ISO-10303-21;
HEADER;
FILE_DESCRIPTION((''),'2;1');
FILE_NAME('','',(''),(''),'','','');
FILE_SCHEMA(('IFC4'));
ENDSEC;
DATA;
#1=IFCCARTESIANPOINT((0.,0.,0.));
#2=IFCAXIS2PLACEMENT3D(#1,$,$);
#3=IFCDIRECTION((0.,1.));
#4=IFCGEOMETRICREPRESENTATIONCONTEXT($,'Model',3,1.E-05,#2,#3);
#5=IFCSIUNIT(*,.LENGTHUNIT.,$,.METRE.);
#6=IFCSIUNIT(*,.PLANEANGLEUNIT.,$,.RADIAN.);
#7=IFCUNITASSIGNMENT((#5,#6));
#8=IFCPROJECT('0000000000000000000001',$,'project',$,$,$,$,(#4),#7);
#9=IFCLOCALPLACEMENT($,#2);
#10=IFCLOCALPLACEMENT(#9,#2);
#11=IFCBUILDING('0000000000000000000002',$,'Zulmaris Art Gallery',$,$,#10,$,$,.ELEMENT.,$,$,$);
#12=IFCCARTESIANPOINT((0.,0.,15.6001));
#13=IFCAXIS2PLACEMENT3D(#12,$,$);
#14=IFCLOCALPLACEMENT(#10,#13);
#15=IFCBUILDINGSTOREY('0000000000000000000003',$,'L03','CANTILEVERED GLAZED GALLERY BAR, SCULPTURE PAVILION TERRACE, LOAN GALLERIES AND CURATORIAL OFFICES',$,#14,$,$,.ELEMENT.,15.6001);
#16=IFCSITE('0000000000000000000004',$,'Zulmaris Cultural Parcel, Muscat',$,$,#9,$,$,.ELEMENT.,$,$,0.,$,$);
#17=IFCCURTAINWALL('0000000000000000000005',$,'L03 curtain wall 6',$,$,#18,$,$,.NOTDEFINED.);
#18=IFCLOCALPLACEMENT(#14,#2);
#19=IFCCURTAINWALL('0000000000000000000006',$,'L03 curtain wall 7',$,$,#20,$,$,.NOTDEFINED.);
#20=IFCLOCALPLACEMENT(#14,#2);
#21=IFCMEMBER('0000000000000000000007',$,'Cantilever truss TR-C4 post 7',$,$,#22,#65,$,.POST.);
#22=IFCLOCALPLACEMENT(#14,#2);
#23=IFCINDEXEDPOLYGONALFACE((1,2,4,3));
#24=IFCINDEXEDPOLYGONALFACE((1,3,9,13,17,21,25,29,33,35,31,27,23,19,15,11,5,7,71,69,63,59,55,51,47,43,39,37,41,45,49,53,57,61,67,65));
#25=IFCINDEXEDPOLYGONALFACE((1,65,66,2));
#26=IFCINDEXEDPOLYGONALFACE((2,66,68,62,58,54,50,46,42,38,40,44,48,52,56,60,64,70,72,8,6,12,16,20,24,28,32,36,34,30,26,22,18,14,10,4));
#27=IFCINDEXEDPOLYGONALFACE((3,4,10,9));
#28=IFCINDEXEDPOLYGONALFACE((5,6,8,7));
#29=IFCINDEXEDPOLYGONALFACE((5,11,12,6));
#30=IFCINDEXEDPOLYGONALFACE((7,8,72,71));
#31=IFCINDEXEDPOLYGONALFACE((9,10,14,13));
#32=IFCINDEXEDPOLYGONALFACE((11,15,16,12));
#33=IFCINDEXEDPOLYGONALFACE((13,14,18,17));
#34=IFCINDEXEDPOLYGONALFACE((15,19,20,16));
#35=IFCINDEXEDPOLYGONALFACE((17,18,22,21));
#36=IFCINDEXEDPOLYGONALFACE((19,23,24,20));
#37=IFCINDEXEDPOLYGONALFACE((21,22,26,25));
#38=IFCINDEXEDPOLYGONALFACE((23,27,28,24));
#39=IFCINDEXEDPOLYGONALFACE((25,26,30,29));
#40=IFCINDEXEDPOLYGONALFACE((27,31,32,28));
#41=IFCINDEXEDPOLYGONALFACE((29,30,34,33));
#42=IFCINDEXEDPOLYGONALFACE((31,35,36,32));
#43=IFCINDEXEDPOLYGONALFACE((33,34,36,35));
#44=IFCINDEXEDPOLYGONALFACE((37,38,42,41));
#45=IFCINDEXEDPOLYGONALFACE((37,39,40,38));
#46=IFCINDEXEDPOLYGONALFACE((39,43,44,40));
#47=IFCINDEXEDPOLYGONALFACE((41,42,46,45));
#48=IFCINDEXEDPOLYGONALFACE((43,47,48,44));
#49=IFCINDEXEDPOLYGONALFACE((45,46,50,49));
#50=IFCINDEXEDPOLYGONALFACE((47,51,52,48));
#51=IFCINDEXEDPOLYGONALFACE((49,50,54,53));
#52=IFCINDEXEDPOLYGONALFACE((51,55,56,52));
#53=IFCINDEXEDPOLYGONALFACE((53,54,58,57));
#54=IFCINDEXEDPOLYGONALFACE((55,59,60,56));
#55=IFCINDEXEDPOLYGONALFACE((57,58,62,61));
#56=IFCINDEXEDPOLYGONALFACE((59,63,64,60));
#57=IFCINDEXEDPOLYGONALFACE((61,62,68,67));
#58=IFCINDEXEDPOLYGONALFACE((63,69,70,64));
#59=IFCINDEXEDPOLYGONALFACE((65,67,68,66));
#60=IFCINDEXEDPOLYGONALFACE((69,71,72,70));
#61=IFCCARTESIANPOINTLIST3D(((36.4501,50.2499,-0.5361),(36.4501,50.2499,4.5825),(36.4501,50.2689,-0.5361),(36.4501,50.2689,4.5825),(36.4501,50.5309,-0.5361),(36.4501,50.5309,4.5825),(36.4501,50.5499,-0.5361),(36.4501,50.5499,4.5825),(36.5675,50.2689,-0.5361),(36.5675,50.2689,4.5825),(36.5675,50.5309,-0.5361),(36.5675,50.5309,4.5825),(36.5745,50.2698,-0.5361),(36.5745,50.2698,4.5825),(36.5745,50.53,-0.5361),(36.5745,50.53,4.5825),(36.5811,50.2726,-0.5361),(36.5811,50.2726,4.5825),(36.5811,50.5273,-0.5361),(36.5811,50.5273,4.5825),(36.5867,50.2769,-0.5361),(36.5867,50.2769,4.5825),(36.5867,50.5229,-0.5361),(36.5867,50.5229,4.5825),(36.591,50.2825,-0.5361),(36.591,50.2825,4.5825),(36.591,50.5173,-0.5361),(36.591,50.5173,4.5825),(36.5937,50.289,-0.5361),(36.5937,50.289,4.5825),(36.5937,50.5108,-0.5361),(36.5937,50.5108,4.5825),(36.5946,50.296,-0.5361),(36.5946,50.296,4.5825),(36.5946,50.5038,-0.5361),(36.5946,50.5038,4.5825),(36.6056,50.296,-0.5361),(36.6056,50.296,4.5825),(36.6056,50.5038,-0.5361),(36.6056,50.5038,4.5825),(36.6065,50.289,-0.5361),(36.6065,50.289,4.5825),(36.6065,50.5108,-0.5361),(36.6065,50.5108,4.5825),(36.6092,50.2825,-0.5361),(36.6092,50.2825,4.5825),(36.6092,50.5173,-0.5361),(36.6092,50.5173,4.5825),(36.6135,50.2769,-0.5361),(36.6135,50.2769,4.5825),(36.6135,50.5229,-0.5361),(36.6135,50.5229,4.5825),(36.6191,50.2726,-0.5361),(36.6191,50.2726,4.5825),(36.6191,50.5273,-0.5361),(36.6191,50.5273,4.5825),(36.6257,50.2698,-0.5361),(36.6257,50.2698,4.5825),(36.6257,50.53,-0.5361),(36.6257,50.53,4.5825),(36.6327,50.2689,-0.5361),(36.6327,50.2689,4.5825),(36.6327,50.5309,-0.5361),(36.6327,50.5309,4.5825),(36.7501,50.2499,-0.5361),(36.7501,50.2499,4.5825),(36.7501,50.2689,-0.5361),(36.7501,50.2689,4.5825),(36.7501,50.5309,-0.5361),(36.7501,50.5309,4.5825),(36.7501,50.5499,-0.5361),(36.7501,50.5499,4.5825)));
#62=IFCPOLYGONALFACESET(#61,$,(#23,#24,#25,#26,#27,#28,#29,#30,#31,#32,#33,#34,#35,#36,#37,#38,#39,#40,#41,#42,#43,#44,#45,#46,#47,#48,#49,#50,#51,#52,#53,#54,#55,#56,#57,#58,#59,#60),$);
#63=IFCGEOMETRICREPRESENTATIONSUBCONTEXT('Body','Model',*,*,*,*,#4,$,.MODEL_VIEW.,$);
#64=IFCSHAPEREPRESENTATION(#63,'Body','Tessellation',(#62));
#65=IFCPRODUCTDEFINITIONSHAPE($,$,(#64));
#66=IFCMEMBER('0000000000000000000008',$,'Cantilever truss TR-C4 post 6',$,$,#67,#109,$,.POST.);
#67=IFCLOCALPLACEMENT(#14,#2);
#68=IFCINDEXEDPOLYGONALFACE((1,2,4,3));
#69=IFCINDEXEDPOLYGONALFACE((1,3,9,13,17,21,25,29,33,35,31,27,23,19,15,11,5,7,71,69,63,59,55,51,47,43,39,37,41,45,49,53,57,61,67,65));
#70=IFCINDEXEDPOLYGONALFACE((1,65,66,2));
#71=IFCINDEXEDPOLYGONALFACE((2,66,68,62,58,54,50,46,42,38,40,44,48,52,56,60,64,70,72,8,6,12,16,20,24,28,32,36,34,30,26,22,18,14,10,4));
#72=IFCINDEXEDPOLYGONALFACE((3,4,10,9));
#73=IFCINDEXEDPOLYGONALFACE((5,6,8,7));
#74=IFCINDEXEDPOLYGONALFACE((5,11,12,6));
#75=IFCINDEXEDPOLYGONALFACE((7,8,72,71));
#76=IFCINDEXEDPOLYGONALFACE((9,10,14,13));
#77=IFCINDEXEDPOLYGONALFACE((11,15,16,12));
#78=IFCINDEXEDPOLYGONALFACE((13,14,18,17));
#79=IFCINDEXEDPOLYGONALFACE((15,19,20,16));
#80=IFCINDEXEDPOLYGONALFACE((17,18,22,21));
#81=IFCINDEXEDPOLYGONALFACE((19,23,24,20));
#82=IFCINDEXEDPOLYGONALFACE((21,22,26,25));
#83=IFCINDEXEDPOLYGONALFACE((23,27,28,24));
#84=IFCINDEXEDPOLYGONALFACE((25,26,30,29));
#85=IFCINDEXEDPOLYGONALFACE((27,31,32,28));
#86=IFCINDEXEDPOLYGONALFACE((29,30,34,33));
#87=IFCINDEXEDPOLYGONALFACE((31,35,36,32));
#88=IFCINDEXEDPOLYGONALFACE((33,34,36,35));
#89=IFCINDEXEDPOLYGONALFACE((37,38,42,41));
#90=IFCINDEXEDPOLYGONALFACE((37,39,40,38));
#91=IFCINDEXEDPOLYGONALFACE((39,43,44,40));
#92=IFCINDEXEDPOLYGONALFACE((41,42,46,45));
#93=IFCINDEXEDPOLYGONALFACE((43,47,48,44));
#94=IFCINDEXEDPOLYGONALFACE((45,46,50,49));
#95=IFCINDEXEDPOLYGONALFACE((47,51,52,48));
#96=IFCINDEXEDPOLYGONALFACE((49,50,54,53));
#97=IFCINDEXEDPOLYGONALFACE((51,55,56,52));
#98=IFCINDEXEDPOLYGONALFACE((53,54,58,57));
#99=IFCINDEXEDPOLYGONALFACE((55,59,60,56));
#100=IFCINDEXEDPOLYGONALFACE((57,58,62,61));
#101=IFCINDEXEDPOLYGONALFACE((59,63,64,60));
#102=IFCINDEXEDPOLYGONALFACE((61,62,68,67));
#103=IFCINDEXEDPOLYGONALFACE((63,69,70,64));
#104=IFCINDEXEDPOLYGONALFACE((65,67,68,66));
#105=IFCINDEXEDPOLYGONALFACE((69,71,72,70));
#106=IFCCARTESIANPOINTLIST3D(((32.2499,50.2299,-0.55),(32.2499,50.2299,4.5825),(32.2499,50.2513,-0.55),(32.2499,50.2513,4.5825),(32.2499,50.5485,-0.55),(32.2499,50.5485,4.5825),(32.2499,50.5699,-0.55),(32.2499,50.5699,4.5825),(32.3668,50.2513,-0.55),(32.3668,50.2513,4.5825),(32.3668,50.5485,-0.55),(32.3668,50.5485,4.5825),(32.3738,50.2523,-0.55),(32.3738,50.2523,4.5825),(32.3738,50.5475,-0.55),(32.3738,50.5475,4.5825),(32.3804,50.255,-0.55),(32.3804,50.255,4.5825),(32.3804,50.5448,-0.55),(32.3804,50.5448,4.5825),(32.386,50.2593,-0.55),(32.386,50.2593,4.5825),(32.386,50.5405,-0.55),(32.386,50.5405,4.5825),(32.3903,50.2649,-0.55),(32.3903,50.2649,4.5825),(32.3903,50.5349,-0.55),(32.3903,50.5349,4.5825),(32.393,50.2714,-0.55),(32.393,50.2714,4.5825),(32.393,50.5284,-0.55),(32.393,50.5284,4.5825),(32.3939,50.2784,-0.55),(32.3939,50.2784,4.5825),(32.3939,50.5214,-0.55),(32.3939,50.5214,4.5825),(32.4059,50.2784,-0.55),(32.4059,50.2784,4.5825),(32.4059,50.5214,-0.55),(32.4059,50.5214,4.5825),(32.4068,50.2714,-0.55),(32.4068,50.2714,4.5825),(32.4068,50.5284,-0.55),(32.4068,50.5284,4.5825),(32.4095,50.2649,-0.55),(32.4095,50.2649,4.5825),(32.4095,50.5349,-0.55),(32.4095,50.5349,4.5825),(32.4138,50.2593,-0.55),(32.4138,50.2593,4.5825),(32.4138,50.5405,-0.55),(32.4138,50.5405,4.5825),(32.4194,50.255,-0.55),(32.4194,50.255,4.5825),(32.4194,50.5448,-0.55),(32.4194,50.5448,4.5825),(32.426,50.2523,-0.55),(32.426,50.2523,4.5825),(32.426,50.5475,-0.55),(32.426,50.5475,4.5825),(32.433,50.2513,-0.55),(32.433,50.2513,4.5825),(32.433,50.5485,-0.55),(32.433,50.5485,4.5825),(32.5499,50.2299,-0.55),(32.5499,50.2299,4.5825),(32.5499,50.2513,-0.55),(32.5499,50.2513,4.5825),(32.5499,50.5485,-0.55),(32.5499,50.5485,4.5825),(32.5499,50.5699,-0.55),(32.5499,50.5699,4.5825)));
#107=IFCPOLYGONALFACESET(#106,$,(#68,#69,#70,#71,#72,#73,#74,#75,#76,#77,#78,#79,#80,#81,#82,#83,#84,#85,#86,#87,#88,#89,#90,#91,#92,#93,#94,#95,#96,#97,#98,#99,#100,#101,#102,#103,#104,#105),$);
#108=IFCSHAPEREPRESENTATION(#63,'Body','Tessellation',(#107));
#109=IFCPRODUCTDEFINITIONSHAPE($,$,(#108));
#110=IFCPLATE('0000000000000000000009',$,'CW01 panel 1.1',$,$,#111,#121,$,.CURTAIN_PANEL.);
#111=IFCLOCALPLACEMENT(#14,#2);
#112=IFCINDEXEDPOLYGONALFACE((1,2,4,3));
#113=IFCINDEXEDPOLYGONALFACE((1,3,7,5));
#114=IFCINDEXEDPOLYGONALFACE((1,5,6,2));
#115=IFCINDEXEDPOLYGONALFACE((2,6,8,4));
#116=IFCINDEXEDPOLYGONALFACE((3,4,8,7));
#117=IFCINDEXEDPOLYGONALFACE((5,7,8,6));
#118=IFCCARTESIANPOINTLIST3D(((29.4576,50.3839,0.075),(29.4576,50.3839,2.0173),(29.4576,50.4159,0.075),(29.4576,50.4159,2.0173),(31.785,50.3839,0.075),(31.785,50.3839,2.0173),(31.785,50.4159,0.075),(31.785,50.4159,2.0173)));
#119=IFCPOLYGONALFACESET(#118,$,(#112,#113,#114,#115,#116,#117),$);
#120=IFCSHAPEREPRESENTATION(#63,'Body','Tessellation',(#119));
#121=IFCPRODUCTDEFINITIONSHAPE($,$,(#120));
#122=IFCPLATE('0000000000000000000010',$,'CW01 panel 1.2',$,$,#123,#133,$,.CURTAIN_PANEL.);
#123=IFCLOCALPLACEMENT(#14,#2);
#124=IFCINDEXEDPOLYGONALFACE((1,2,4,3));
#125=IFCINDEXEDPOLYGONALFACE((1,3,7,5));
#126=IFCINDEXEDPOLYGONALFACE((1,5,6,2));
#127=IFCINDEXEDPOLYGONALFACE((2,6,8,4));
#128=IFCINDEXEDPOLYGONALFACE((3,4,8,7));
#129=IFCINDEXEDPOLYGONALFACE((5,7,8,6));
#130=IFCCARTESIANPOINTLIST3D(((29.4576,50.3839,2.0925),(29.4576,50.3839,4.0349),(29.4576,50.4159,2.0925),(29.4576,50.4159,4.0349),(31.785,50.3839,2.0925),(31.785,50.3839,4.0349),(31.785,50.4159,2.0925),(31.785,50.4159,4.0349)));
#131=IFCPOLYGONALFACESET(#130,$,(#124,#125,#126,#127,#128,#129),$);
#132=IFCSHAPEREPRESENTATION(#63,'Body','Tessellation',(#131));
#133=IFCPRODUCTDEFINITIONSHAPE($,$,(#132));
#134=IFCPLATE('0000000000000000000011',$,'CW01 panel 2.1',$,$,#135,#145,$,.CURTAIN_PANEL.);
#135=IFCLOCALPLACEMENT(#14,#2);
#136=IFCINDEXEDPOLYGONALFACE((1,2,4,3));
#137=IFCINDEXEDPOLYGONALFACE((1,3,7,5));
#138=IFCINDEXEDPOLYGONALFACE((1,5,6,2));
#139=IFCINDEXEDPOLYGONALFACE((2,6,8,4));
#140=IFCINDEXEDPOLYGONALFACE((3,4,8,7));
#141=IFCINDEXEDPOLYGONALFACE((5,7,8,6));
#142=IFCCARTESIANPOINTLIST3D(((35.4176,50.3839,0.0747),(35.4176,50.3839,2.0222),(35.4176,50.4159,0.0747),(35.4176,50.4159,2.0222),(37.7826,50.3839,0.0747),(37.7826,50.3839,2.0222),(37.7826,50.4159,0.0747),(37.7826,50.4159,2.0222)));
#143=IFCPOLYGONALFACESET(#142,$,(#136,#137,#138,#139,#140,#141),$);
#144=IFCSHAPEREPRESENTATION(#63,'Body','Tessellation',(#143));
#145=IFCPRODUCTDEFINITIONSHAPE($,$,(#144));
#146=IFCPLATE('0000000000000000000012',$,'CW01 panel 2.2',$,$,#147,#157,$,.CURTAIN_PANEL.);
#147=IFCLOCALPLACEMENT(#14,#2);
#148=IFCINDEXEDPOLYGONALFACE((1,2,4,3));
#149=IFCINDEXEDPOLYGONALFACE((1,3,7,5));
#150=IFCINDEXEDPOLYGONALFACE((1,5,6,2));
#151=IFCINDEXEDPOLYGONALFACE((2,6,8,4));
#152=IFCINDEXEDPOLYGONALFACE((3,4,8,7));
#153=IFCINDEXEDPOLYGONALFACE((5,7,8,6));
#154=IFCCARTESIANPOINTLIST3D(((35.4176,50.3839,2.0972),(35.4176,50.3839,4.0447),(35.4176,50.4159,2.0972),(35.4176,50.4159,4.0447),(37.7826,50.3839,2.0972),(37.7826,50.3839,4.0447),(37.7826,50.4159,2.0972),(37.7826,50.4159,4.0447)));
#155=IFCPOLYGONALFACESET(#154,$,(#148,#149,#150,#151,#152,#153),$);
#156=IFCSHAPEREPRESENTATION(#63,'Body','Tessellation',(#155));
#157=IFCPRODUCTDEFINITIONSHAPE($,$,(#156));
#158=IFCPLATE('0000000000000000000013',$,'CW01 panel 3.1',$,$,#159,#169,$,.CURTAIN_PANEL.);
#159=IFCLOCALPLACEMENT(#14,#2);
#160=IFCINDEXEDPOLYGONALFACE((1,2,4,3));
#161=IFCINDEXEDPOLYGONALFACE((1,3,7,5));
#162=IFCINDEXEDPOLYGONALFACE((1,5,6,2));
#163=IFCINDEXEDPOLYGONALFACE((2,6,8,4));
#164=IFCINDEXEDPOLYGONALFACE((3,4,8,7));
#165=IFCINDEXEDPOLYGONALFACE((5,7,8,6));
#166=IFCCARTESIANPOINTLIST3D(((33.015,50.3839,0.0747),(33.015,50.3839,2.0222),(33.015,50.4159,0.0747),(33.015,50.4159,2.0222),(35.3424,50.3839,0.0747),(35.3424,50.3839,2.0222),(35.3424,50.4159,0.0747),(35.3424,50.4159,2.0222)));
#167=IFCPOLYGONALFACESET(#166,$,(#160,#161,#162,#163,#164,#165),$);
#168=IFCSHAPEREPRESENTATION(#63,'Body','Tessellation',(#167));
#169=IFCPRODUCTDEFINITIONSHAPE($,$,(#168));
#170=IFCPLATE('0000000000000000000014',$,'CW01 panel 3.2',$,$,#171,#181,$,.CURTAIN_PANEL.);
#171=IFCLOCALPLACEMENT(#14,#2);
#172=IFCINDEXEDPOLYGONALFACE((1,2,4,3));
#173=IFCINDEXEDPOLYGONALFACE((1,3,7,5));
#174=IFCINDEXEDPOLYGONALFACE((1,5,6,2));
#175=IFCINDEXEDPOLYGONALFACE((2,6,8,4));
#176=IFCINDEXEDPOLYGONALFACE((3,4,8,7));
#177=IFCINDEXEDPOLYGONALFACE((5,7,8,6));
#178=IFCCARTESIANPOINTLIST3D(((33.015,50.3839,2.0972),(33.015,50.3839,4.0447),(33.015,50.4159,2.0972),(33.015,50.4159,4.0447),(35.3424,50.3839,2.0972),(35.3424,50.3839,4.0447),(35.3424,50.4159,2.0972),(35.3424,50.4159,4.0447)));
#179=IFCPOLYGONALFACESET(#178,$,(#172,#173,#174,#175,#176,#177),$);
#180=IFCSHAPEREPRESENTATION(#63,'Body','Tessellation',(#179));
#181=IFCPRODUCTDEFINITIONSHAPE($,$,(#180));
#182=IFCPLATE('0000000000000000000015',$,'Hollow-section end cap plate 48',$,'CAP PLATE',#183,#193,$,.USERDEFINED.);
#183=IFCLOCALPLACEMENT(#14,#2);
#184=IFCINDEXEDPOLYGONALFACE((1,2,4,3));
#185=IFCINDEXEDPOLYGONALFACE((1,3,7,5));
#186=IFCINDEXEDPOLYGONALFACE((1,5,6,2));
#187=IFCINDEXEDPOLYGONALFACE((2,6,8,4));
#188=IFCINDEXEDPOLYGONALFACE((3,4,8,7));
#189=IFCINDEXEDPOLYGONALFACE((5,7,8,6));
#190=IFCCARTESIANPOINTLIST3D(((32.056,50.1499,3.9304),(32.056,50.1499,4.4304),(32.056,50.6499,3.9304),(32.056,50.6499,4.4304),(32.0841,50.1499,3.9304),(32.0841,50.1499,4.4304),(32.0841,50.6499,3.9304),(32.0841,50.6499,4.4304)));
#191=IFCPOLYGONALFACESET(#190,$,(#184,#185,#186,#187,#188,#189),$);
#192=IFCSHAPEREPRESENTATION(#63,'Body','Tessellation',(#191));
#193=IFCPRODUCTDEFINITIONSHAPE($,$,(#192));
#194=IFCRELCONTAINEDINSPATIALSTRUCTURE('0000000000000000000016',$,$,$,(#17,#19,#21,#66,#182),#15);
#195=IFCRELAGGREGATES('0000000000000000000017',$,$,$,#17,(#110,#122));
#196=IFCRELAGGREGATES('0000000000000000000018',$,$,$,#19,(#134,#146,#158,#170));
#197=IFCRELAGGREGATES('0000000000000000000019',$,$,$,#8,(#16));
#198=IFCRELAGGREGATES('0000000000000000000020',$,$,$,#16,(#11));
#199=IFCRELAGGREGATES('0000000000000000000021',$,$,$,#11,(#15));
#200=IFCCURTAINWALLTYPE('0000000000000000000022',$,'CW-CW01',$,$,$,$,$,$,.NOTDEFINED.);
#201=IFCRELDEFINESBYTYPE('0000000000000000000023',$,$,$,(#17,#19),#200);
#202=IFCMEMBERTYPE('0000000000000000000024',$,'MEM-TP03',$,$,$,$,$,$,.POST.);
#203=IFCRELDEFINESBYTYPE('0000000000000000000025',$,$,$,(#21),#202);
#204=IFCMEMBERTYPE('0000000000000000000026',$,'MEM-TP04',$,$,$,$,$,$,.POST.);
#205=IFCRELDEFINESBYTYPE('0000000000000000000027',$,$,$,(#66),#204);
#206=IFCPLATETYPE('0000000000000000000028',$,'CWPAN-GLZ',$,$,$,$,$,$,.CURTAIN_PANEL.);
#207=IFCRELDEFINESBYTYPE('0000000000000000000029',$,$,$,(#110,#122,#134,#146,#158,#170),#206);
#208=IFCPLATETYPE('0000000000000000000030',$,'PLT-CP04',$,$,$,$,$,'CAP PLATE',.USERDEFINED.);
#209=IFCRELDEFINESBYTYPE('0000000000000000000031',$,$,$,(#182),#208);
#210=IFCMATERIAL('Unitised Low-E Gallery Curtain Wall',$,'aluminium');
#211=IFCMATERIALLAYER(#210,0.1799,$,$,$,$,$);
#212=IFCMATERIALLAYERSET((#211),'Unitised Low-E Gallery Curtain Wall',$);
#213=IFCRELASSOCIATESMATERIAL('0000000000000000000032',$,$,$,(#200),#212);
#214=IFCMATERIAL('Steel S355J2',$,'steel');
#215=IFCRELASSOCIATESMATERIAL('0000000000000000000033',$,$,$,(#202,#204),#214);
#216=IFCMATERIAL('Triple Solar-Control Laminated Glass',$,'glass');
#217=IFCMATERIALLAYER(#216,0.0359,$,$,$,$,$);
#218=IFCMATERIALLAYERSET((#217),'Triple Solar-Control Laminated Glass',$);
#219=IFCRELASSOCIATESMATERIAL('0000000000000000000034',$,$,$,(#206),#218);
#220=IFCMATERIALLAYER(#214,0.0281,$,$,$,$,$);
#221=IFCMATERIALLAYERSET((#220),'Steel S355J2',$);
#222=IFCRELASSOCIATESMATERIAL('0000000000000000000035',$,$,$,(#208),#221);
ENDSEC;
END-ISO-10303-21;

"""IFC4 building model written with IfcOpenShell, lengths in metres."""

from ifc_helpers import new_model, si_unit, direction, frame, origin, origin_2d, place, context, subcontext, project, spatial, rectangle, i_section, extrude, material, layer, layer_set, material_profile, profile_set, type_object, element, aggregate, save


model = new_model("IFC4")

# Units and contexts
model_context = context("Model", 3, precision=1e-05, world=origin(), true_north=direction((0.0, 1.0)))
body_context = subcontext(model_context, "Body", "Model", "MODEL_VIEW")
ifc_project = project(units=[si_unit("LENGTHUNIT", "METRE"), si_unit("PLANEANGLEUNIT", "RADIAN")], contexts=[model_context])

# Site, building, storey
site_placement = place(None, origin())
site = spatial("IfcSite", under=ifc_project, at=site_placement, Name="Zulmaris Cultural Parcel, Muscat", CompositionType="ELEMENT", RefElevation=0.0)
building_placement = place(site_placement, origin())
building = spatial("IfcBuilding", under=site, at=building_placement, Name="Zulmaris Art Gallery", CompositionType="ELEMENT")
storey_placement = place(building_placement, frame((0.0, 0.0, 15.6001)))
storey = spatial("IfcBuildingStorey", under=building, at=storey_placement, Name="L03", Description="CANTILEVERED GLAZED GALLERY BAR, SCULPTURE PAVILION TERRACE, LOAN GALLERIES AND CURATORIAL OFFICES", CompositionType="ELEMENT", Elevation=15.6001)

# Shared definitions
ifc_material_1 = material(Name="Steel S355J2", Category="steel")

# Curtain walls
ifc_material_2 = material(Name="Unitised Low-E Gallery Curtain Wall", Category="aluminium")
ifc_layer_1 = layer(ifc_material_2, 0.1799)
ifc_layer_set_1 = layer_set([ifc_layer_1], Name="Unitised Low-E Gallery Curtain Wall")
curtain_wall_type = type_object("IfcCurtainWallType", Name="CW-CW01", PredefinedType="NOTDEFINED", material=ifc_layer_set_1)
curtain_wall_1_placement = place(storey_placement, origin())
curtain_wall_1 = element("IfcCurtainWall", 1, at=curtain_wall_1_placement, inside=storey, type_object=curtain_wall_type, Name="L03 curtain wall 6", PredefinedType="NOTDEFINED")
curtain_wall_2_placement = place(storey_placement, origin())
curtain_wall_2 = element("IfcCurtainWall", 2, at=curtain_wall_2_placement, inside=storey, type_object=curtain_wall_type, Name="L03 curtain wall 7", PredefinedType="NOTDEFINED")

# Members
ifc_material_profile_1 = material_profile(ifc_material_1, i_section(OverallWidth=0.3, OverallDepth=0.3, WebThickness=0.011, FlangeThickness=0.019, FilletRadius=0.0271, at=origin_2d()), Name="HEB 300")
ifc_profile_set_1 = profile_set([ifc_material_profile_1], Name="Steel S355J2")
member_type_1 = type_object("IfcMemberType", Name="MEM-TP03", PredefinedType="POST", material=ifc_profile_set_1)
member_1_placement = place(storey_placement, frame((36.6001, 50.3999, -0.5361), z_axis=(0.0, 0.0, 1.0), x_axis=(1.0, 0.0, 0.0)))
element("IfcMember", 3, at=member_1_placement, inside=storey, type_object=member_type_1, Name="Cantilever truss TR-C4 post 7", PredefinedType="POST", context=body_context, shape_type="SweptSolid", body=[
    extrude(i_section(OverallWidth=0.3, OverallDepth=0.3, WebThickness=0.011, FlangeThickness=0.019, FilletRadius=0.0271, at=origin_2d()), origin(), (0.0, 0.0, 1.0), 5.1187),
])
ifc_material_profile_2 = material_profile(ifc_material_1, i_section(OverallWidth=0.3, OverallDepth=0.3401, WebThickness=0.012, FlangeThickness=0.0215, FilletRadius=0.0271, at=origin_2d()), Name="HEB 340")
ifc_profile_set_2 = profile_set([ifc_material_profile_2], Name="Steel S355J2")
member_type_2 = type_object("IfcMemberType", Name="MEM-TP04", PredefinedType="POST", material=ifc_profile_set_2)
member_2_placement = place(storey_placement, frame((32.3999, 50.3999, -0.55), z_axis=(0.0, 0.0, 1.0), x_axis=(1.0, 0.0, 0.0)))
element("IfcMember", 4, at=member_2_placement, inside=storey, type_object=member_type_2, Name="Cantilever truss TR-C4 post 6", PredefinedType="POST", context=body_context, shape_type="SweptSolid", body=[
    extrude(i_section(OverallWidth=0.3, OverallDepth=0.3401, WebThickness=0.012, FlangeThickness=0.0215, FilletRadius=0.0271, at=origin_2d()), origin(), (0.0, 0.0, 1.0), 5.1326),
])

# Plates
ifc_material_3 = material(Name="Triple Solar-Control Laminated Glass", Category="glass")
ifc_layer_2 = layer(ifc_material_3, 0.0359)
ifc_layer_set_2 = layer_set([ifc_layer_2], Name="Triple Solar-Control Laminated Glass")
plate_type_1 = type_object("IfcPlateType", Name="CWPAN-GLZ", PredefinedType="CURTAIN_PANEL", material=ifc_layer_set_2)
plate_1_placement = place(storey_placement, frame((30.6213, 50.3999, 0.075), z_axis=(0.0, 0.0, 1.0), x_axis=(-1.0, 0.0, 0.0)))
plate_1 = element("IfcPlate", 5, at=plate_1_placement, type_object=plate_type_1, Name="CW01 panel 1.1", PredefinedType="CURTAIN_PANEL", context=body_context, shape_type="SweptSolid", body=[
    extrude(rectangle(XDim=2.3274, YDim=0.032, at=origin_2d()), origin(), (0.0, 0.0, 1.0), 1.9424),
])
plate_2_placement = place(storey_placement, frame((30.6213, 50.3999, 2.0925), z_axis=(0.0, 0.0, 1.0), x_axis=(-1.0, 0.0, 0.0)))
plate_2 = element("IfcPlate", 6, at=plate_2_placement, type_object=plate_type_1, Name="CW01 panel 1.2", PredefinedType="CURTAIN_PANEL", context=body_context, shape_type="SweptSolid", body=[
    extrude(rectangle(XDim=2.3274, YDim=0.032, at=origin_2d()), origin(), (0.0, 0.0, 1.0), 1.9424),
])
aggregate(curtain_wall_1, [plate_1, plate_2])
plate_3_placement = place(storey_placement, frame((36.6001, 50.3999, 0.0747), z_axis=(0.0, 0.0, 1.0), x_axis=(-1.0, 0.0, 0.0)))
plate_3 = element("IfcPlate", 7, at=plate_3_placement, type_object=plate_type_1, Name="CW01 panel 2.1", PredefinedType="CURTAIN_PANEL", context=body_context, shape_type="SweptSolid", body=[
    extrude(rectangle(XDim=2.365, YDim=0.032, at=origin_2d()), origin(), (0.0, 0.0, 1.0), 1.9475),
])
plate_4_placement = place(storey_placement, frame((36.6001, 50.3999, 2.0972), z_axis=(0.0, 0.0, 1.0), x_axis=(-1.0, 0.0, 0.0)))
plate_4 = element("IfcPlate", 8, at=plate_4_placement, type_object=plate_type_1, Name="CW01 panel 2.2", PredefinedType="CURTAIN_PANEL", context=body_context, shape_type="SweptSolid", body=[
    extrude(rectangle(XDim=2.365, YDim=0.032, at=origin_2d()), origin(), (0.0, 0.0, 1.0), 1.9475),
])
plate_5_placement = place(storey_placement, frame((34.1787, 50.3999, 0.0747), z_axis=(0.0, 0.0, 1.0), x_axis=(-1.0, 0.0, 0.0)))
plate_5 = element("IfcPlate", 9, at=plate_5_placement, type_object=plate_type_1, Name="CW01 panel 3.1", PredefinedType="CURTAIN_PANEL", context=body_context, shape_type="SweptSolid", body=[
    extrude(rectangle(XDim=2.3274, YDim=0.032, at=origin_2d()), origin(), (0.0, 0.0, 1.0), 1.9475),
])
plate_6_placement = place(storey_placement, frame((34.1787, 50.3999, 2.0972), z_axis=(0.0, 0.0, 1.0), x_axis=(-1.0, 0.0, 0.0)))
plate_6 = element("IfcPlate", 10, at=plate_6_placement, type_object=plate_type_1, Name="CW01 panel 3.2", PredefinedType="CURTAIN_PANEL", context=body_context, shape_type="SweptSolid", body=[
    extrude(rectangle(XDim=2.3274, YDim=0.032, at=origin_2d()), origin(), (0.0, 0.0, 1.0), 1.9475),
])
aggregate(curtain_wall_2, [plate_3, plate_4, plate_5, plate_6])

# Plate
ifc_layer_3 = layer(ifc_material_1, 0.0281)
ifc_layer_set_3 = layer_set([ifc_layer_3], Name="Steel S355J2")
plate_type_2 = type_object("IfcPlateType", Name="PLT-CP04", ElementType="CAP PLATE", PredefinedType="USERDEFINED", material=ifc_layer_set_3)
for number, where, z_axis, x_axis, name in (
    (11, (32.0701, 50.3999, 3.9304), (0.0, 0.0, 1.0), (1.0, 0.0, 0.0), "Hollow-section end cap plate 48"),
):
    element("IfcPlate", number, at=place(storey_placement, frame(where, z_axis=z_axis, x_axis=x_axis)), inside=storey, type_object=plate_type_2, Name=name, ObjectType="CAP PLATE", PredefinedType="USERDEFINED", context=body_context, shape_type="SweptSolid", body=[
        extrude(rectangle(XDim=0.0281, YDim=0.5, at=origin_2d()), origin(), (0.0, 0.0, 1.0), 0.5),
    ])

save(model, "model.ifc")
